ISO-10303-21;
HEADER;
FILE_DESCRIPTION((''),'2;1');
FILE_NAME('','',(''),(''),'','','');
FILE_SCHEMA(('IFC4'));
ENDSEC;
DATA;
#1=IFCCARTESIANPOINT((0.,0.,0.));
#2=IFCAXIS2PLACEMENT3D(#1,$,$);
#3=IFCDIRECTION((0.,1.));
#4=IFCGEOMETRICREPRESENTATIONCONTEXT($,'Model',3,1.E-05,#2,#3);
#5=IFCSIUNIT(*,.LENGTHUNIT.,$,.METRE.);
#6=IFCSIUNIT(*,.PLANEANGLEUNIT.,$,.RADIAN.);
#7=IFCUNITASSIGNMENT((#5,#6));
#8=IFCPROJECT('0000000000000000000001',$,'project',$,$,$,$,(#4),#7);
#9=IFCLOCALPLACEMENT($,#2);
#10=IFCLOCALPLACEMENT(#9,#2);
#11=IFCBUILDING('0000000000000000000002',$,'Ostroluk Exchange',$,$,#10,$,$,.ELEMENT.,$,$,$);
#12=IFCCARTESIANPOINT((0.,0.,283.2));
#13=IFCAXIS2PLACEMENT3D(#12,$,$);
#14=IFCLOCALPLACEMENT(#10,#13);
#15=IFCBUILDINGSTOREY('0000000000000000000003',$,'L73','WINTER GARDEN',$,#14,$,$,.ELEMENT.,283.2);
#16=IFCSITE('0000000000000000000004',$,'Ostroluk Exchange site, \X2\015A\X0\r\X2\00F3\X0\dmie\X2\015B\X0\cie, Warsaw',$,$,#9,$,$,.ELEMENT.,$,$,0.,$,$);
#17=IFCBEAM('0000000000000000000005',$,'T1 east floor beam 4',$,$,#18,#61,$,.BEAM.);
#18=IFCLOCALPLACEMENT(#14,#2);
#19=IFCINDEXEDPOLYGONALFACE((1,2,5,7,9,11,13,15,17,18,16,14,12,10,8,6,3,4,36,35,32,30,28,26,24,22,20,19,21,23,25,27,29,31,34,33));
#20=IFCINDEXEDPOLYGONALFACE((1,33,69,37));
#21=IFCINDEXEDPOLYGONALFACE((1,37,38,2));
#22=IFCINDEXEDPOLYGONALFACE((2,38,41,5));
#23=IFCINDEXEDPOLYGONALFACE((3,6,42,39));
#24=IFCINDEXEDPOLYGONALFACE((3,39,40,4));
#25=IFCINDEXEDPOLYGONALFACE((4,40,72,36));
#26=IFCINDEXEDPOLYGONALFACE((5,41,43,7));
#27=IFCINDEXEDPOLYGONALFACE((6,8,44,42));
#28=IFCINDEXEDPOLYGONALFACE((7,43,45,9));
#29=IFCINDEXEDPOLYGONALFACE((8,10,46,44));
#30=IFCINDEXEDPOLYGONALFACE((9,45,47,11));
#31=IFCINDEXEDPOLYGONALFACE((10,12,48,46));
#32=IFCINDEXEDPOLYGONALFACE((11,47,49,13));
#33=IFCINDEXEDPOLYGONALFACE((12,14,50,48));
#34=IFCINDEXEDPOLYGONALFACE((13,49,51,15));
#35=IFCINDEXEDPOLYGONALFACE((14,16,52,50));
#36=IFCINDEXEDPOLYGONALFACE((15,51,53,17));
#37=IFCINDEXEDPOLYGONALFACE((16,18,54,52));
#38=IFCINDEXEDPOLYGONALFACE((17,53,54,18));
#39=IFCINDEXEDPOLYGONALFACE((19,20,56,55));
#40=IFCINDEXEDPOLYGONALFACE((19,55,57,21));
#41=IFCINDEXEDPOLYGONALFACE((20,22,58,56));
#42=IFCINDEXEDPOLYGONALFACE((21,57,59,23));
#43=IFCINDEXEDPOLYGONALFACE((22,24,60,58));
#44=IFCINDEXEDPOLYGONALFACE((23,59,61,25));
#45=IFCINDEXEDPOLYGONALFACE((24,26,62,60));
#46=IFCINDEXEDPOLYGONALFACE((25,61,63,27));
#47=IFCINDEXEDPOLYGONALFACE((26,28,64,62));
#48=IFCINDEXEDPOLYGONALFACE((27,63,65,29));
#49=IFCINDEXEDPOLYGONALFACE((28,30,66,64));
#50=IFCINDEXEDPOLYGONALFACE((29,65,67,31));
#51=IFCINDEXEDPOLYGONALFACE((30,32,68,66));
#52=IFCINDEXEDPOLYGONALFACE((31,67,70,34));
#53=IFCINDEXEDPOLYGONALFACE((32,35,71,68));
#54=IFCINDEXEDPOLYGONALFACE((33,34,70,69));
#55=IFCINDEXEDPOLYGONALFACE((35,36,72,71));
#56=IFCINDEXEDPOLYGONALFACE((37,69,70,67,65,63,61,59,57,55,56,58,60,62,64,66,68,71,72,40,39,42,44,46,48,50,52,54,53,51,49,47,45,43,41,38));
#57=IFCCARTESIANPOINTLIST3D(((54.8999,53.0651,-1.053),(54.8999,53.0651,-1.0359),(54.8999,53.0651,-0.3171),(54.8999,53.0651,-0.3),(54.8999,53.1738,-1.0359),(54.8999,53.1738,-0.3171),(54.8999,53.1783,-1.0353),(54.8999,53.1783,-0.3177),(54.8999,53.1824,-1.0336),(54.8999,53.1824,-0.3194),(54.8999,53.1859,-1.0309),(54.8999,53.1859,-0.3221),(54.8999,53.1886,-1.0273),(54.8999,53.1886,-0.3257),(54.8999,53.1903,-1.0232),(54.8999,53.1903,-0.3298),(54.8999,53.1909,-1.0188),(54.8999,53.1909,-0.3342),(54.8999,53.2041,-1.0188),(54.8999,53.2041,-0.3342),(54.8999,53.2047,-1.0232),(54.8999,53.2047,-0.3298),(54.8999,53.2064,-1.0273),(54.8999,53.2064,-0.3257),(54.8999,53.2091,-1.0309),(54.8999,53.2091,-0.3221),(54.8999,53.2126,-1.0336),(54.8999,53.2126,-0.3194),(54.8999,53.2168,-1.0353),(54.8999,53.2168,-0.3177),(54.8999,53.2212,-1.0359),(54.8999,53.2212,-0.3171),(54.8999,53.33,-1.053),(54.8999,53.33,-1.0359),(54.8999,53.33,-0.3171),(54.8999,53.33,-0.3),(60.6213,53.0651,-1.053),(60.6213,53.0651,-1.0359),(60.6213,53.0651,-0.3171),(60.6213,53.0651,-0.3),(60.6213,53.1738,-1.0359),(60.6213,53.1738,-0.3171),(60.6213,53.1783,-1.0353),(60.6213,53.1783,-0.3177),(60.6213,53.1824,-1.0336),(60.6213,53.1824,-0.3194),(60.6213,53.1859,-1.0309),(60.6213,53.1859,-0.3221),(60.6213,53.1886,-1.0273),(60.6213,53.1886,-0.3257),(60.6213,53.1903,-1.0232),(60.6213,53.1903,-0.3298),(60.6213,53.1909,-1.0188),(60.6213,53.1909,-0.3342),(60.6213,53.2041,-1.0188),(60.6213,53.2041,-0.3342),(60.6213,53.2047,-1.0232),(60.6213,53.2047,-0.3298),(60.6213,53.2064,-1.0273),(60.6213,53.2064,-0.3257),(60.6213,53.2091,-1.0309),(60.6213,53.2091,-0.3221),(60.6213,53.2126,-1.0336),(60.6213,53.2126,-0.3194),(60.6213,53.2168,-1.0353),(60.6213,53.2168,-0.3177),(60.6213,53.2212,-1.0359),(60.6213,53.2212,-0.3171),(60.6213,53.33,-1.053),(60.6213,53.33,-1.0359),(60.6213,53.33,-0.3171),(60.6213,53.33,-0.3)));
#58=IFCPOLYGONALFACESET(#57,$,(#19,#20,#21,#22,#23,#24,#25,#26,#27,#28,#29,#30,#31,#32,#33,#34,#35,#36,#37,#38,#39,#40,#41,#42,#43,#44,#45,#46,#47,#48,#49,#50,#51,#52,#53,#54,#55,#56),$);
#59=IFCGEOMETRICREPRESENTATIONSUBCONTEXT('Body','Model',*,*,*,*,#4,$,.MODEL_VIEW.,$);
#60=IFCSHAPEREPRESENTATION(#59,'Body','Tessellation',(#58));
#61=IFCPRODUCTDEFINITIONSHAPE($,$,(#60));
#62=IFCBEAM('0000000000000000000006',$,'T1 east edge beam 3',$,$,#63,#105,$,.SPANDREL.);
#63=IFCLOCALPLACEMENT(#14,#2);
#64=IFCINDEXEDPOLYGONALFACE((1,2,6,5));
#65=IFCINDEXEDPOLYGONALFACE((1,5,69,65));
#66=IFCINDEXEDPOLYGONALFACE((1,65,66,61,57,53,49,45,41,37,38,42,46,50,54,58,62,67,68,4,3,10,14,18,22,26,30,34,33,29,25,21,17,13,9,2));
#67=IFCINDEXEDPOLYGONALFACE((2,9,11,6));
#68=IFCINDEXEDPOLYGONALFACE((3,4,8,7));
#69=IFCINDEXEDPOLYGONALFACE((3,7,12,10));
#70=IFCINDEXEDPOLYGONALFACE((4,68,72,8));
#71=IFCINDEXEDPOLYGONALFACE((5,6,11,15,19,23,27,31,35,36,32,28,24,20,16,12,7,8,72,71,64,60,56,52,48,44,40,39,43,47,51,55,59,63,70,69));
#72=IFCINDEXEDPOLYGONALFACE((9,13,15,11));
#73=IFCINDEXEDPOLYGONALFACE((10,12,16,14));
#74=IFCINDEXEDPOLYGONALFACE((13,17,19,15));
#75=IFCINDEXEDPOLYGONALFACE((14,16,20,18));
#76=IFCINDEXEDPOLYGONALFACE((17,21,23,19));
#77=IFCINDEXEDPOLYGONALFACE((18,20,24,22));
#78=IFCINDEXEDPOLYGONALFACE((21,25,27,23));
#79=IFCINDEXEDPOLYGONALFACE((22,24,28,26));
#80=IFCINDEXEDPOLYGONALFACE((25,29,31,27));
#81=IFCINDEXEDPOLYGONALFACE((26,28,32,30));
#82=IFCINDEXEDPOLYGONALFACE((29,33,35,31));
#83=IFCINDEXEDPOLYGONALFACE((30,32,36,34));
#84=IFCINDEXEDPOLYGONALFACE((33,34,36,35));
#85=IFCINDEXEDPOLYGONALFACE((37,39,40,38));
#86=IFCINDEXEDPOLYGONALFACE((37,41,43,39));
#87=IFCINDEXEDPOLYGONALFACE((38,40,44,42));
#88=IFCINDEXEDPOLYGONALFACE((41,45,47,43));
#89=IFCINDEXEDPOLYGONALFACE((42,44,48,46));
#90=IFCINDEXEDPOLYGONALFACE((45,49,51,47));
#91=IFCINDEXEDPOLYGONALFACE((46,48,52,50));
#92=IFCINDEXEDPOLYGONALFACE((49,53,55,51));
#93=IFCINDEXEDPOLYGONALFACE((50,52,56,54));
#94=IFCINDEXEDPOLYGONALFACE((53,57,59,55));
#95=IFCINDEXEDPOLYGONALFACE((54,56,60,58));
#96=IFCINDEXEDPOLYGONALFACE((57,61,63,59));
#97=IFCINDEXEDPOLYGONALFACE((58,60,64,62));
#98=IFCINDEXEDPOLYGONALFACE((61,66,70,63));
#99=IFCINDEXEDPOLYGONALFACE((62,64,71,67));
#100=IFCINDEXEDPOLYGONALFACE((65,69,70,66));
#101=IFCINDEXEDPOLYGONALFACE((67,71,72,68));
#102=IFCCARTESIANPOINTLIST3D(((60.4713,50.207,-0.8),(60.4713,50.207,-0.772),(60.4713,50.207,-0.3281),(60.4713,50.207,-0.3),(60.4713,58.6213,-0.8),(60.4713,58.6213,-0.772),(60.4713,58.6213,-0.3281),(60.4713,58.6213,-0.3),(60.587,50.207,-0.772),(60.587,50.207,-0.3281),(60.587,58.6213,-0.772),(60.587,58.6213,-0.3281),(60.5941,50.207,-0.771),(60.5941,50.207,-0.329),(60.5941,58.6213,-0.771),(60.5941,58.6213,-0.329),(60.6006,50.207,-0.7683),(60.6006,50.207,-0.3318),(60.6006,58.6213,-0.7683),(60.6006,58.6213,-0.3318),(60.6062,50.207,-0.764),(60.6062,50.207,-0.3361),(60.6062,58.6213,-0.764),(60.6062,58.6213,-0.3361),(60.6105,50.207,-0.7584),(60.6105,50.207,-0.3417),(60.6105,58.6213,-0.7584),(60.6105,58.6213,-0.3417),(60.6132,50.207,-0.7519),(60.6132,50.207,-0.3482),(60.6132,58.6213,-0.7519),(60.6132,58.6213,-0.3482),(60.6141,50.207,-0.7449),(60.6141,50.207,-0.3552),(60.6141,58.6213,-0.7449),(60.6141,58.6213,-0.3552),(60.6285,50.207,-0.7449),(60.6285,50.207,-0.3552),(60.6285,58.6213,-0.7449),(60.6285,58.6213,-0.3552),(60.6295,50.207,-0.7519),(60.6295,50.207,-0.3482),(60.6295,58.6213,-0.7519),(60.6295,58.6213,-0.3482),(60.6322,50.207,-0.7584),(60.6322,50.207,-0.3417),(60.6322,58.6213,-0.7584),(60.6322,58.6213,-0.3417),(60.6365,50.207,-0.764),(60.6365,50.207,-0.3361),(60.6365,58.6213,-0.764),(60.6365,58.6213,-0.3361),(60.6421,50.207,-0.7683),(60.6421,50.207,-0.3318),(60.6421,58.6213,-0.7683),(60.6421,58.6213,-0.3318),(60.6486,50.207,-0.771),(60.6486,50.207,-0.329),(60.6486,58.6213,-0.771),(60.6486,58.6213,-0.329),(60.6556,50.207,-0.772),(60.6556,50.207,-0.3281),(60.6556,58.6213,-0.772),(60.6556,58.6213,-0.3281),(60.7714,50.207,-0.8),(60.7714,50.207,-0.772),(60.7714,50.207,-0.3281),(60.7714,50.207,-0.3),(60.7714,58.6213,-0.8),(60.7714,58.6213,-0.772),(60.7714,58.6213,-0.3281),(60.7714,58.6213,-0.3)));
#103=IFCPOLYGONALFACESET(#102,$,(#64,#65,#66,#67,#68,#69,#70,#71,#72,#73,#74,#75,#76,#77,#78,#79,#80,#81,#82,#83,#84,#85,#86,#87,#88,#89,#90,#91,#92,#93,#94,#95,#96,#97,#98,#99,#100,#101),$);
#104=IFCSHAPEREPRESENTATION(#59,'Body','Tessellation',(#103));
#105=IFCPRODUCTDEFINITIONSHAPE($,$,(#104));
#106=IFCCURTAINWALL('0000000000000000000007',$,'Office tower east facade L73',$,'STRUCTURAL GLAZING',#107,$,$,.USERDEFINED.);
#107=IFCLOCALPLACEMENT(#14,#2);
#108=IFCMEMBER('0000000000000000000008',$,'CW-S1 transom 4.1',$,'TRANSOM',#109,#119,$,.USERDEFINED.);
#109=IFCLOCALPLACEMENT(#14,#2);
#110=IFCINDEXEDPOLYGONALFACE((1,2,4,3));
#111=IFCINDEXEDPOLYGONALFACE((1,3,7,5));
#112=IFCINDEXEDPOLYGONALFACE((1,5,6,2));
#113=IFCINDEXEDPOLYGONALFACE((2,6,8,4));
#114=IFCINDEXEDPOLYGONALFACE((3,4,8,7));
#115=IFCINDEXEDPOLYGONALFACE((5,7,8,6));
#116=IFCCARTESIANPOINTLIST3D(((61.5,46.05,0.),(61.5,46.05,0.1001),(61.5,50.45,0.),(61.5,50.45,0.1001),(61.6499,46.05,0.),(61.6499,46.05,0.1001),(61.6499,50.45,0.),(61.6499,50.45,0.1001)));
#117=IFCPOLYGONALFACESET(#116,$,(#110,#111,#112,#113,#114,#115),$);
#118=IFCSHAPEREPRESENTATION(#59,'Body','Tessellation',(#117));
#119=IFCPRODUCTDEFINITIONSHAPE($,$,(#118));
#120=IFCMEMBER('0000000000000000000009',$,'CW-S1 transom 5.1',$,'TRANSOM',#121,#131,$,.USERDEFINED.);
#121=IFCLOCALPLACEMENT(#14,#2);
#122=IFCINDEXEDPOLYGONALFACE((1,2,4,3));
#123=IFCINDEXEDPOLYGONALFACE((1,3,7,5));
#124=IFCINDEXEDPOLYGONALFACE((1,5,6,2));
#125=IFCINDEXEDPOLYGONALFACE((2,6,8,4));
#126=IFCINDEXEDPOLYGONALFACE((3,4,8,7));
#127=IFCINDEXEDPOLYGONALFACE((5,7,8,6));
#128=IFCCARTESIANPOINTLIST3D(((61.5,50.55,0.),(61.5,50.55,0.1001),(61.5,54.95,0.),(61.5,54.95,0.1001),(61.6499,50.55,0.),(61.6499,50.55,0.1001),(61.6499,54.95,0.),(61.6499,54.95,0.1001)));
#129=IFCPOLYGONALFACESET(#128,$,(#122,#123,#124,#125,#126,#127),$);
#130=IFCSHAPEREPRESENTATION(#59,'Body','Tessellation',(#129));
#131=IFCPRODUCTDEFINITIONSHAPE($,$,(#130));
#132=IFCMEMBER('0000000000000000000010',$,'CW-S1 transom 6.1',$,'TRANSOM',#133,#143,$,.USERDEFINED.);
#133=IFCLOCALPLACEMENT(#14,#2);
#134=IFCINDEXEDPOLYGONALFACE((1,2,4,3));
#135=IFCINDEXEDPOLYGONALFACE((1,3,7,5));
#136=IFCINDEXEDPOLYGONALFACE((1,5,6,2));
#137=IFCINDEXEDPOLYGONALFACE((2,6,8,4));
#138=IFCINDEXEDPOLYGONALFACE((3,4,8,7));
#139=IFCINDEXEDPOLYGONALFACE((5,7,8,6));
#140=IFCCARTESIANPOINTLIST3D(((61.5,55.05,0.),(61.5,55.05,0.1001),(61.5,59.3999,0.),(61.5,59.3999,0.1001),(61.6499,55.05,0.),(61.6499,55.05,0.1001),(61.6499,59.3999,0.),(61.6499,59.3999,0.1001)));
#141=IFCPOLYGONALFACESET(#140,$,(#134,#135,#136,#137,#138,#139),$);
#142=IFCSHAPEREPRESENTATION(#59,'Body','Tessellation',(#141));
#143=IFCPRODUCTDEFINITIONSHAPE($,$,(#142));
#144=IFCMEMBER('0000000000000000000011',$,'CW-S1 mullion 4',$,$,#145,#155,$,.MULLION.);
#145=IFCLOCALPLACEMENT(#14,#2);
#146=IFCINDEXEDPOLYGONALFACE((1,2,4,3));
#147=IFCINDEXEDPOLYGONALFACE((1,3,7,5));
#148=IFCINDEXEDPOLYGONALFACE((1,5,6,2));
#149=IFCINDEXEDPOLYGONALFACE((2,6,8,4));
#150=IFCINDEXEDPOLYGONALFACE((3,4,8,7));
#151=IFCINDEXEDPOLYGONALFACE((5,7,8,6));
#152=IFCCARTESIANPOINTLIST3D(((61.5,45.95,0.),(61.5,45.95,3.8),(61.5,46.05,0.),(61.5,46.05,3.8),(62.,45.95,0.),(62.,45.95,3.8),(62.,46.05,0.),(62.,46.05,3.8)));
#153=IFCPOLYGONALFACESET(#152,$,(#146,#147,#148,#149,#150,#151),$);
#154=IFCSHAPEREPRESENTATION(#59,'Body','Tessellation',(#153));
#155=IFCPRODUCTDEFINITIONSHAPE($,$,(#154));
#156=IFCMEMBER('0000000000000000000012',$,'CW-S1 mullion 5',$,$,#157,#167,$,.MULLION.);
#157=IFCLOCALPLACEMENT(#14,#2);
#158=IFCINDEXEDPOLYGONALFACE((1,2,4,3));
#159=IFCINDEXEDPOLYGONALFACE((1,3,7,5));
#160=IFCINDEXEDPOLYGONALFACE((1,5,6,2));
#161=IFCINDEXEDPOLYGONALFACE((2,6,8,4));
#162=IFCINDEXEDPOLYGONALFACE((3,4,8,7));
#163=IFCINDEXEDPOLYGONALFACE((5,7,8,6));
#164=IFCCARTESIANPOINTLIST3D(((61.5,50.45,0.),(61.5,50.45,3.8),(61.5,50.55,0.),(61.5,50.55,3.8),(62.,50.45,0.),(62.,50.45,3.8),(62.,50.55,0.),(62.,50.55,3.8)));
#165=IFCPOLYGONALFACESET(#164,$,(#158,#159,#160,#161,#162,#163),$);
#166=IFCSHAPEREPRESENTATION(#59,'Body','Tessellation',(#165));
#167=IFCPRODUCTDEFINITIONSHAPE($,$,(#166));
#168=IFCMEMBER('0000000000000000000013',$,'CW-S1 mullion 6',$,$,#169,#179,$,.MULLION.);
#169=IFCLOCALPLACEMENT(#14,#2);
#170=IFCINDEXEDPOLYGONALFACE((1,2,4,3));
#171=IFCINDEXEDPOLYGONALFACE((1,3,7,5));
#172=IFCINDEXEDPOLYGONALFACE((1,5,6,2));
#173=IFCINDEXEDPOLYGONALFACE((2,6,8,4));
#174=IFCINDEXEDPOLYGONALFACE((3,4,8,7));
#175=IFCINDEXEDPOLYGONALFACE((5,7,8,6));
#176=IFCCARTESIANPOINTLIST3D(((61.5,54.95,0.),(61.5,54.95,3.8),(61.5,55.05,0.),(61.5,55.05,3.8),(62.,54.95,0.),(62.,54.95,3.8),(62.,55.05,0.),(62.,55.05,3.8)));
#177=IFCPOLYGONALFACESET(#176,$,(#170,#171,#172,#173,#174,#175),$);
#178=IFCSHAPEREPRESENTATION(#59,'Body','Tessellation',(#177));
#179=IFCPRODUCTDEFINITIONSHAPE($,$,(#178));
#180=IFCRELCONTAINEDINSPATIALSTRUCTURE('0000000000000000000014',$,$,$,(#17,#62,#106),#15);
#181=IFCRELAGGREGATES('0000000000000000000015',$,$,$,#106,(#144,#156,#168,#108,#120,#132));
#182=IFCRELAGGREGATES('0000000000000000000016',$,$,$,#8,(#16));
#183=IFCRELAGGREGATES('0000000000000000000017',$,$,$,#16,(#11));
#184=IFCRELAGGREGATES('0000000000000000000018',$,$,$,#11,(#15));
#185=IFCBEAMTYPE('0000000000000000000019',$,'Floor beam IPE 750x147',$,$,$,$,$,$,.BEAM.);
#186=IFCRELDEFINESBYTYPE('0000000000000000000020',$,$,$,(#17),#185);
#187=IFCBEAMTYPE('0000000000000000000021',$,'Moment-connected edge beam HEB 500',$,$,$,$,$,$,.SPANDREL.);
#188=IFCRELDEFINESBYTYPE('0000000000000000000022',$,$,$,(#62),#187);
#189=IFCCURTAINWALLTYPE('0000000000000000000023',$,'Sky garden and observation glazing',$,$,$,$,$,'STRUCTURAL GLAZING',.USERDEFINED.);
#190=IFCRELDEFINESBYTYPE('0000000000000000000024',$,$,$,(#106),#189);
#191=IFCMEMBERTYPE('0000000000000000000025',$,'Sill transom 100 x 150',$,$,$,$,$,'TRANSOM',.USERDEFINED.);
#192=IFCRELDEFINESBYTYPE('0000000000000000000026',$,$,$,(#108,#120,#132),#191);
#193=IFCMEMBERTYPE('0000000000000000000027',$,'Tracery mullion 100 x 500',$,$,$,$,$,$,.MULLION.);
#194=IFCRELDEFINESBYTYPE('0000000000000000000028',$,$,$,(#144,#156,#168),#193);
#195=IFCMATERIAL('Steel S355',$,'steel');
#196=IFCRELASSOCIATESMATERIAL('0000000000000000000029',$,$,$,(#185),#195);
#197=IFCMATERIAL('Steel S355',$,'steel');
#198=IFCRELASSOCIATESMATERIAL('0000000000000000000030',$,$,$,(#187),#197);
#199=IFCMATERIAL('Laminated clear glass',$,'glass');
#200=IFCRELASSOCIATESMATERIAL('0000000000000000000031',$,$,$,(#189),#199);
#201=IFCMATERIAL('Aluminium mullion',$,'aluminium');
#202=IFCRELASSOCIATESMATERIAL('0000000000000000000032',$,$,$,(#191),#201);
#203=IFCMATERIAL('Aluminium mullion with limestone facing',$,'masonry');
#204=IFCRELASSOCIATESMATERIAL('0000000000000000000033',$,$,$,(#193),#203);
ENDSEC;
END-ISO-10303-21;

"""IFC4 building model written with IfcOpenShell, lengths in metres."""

from ifc_helpers import new_model, si_unit, direction, frame, origin, origin_2d, place, context, subcontext, project, spatial, rectangle, i_section, extrude, material, material_profile, profile_set, type_object, element, aggregate, save


model = new_model("IFC4")

# Units and contexts
model_context = context("Model", 3, precision=1e-05, world=origin(), true_north=direction((0.0, 1.0)))
body_context = subcontext(model_context, "Body", "Model", "MODEL_VIEW")
ifc_project = project(units=[si_unit("LENGTHUNIT", "METRE"), si_unit("PLANEANGLEUNIT", "RADIAN")], contexts=[model_context])

# Site, building, storey
site_placement = place(None, origin())
site = spatial("IfcSite", under=ifc_project, at=site_placement, Name="Ostroluk Exchange site, Śródmieście, Warsaw", CompositionType="ELEMENT", RefElevation=0.0)
building_placement = place(site_placement, origin())
building = spatial("IfcBuilding", under=site, at=building_placement, Name="Ostroluk Exchange", CompositionType="ELEMENT")
storey_placement = place(building_placement, frame((0.0, 0.0, 283.2)))
storey = spatial("IfcBuildingStorey", under=building, at=storey_placement, Name="L73", Description="WINTER GARDEN", CompositionType="ELEMENT", Elevation=283.2)

# Beams
ifc_material_1 = material(Name="Steel S355", Category="steel")
ifc_material_profile_1 = material_profile(ifc_material_1, i_section(OverallWidth=0.2649, OverallDepth=0.7529, WebThickness=0.0132, FlangeThickness=0.0171, FilletRadius=0.0171, at=origin_2d()), Name="IPE 750x147")
ifc_profile_set_1 = profile_set([ifc_material_profile_1], Name="Steel S355")
beam_type_1 = type_object("IfcBeamType", Name="Floor beam IPE 750x147", PredefinedType="BEAM", material=ifc_profile_set_1)
for number, where, z_axis, x_axis, name in (
    (1, (54.8999, 53.1975, -0.6765), (1.0, 0.0, 0.0), (0.0, 1.0, 0.0), "T1 east floor beam 4"),
):
    element("IfcBeam", number, at=place(storey_placement, frame(where, z_axis=z_axis, x_axis=x_axis)), inside=storey, type_object=beam_type_1, Name=name, PredefinedType="BEAM", context=body_context, shape_type="SweptSolid", body=[
        extrude(i_section(OverallWidth=0.2649, OverallDepth=0.7529, WebThickness=0.0132, FlangeThickness=0.0171, FilletRadius=0.0171, at=origin_2d()), origin(), (0.0, 0.0, 1.0), 5.7214),
    ])
ifc_material_2 = material(Name="Steel S355", Category="steel")
ifc_material_profile_2 = material_profile(ifc_material_2, i_section(OverallWidth=0.3, OverallDepth=0.5, WebThickness=0.0144, FlangeThickness=0.0281, FilletRadius=0.0271, at=origin_2d()), Name="HEB 500")
ifc_profile_set_2 = profile_set([ifc_material_profile_2], Name="Steel S355")
beam_type_2 = type_object("IfcBeamType", Name="Moment-connected edge beam HEB 500", PredefinedType="SPANDREL", material=ifc_profile_set_2)
beam_placement = place(storey_placement, frame((60.6213, 50.207, -0.55), z_axis=(0.0, 1.0, 0.0), x_axis=(-1.0, 0.0, 0.0)))
element("IfcBeam", 2, at=beam_placement, inside=storey, type_object=beam_type_2, Name="T1 east edge beam 3", PredefinedType="SPANDREL", context=body_context, shape_type="SweptSolid", body=[
    extrude(i_section(OverallWidth=0.3, OverallDepth=0.5, WebThickness=0.0144, FlangeThickness=0.0281, FilletRadius=0.0271, at=origin_2d()), origin(), (0.0, 0.0, 1.0), 8.4143),
])

# Curtain wall, members
ifc_material_3 = material(Name="Laminated clear glass", Category="glass")
curtain_wall_type = type_object("IfcCurtainWallType", Name="Sky garden and observation glazing", ElementType="STRUCTURAL GLAZING", PredefinedType="USERDEFINED", material=ifc_material_3)
curtain_wall_placement = place(storey_placement, origin())
curtain_wall = element("IfcCurtainWall", 3, at=curtain_wall_placement, inside=storey, type_object=curtain_wall_type, Name="Office tower east facade L73", ObjectType="STRUCTURAL GLAZING", PredefinedType="USERDEFINED")
ifc_material_4 = material(Name="Aluminium mullion", Category="aluminium")
ifc_material_profile_3 = material_profile(ifc_material_4, rectangle(XDim=0.1499, YDim=0.1001, at=origin_2d()), Name="Sill transom 100 x 150")
ifc_profile_set_3 = profile_set([ifc_material_profile_3], Name="Aluminium mullion")
member_type_1 = type_object("IfcMemberType", Name="Sill transom 100 x 150", ElementType="TRANSOM", PredefinedType="USERDEFINED", material=ifc_profile_set_3)
member_1_placement = place(storey_placement, frame((61.575, 46.05, 0.05), z_axis=(0.0, 1.0, 0.0), x_axis=(-1.0, 0.0, 0.0)))
member_1 = element("IfcMember", 4, at=member_1_placement, type_object=member_type_1, Name="CW-S1 transom 4.1", ObjectType="TRANSOM", PredefinedType="USERDEFINED", context=body_context, shape_type="SweptSolid", body=[
    extrude(rectangle(XDim=0.1499, YDim=0.1001, at=origin_2d()), origin(), (0.0, 0.0, 1.0), 4.3999),
])
member_2_placement = place(storey_placement, frame((61.575, 50.55, 0.05), z_axis=(0.0, 1.0, 0.0), x_axis=(-1.0, 0.0, 0.0)))
member_2 = element("IfcMember", 5, at=member_2_placement, type_object=member_type_1, Name="CW-S1 transom 5.1", ObjectType="TRANSOM", PredefinedType="USERDEFINED", context=body_context, shape_type="SweptSolid", body=[
    extrude(rectangle(XDim=0.1499, YDim=0.1001, at=origin_2d()), origin(), (0.0, 0.0, 1.0), 4.3999),
])
member_3_placement = place(storey_placement, frame((61.575, 55.05, 0.05), z_axis=(0.0, 1.0, 0.0), x_axis=(-1.0, 0.0, 0.0)))
member_3 = element("IfcMember", 6, at=member_3_placement, type_object=member_type_1, Name="CW-S1 transom 6.1", ObjectType="TRANSOM", PredefinedType="USERDEFINED", context=body_context, shape_type="SweptSolid", body=[
    extrude(rectangle(XDim=0.1499, YDim=0.1001, at=origin_2d()), origin(), (0.0, 0.0, 1.0), 4.3499),
])
ifc_material_5 = material(Name="Aluminium mullion with limestone facing", Category="masonry")
ifc_material_profile_4 = material_profile(ifc_material_5, rectangle(XDim=0.5, YDim=0.1001, at=origin_2d()), Name="Tracery mullion 100 x 500")
ifc_profile_set_4 = profile_set([ifc_material_profile_4], Name="Aluminium mullion with limestone facing")
member_type_2 = type_object("IfcMemberType", Name="Tracery mullion 100 x 500", PredefinedType="MULLION", material=ifc_profile_set_4)
member_4_placement = place(storey_placement, frame((61.75, 46.0, 0.0), z_axis=(0.0, 0.0, 1.0), x_axis=(-1.0, 0.0, 0.0)))
member_4 = element("IfcMember", 7, at=member_4_placement, type_object=member_type_2, Name="CW-S1 mullion 4", PredefinedType="MULLION", context=body_context, shape_type="SweptSolid", body=[
    extrude(rectangle(XDim=0.5, YDim=0.1001, at=origin_2d()), origin(), (0.0, 0.0, 1.0), 3.8),
])
member_5_placement = place(storey_placement, frame((61.75, 50.5, 0.0), z_axis=(0.0, 0.0, 1.0), x_axis=(-1.0, 0.0, 0.0)))
member_5 = element("IfcMember", 8, at=member_5_placement, type_object=member_type_2, Name="CW-S1 mullion 5", PredefinedType="MULLION", context=body_context, shape_type="SweptSolid", body=[
    extrude(rectangle(XDim=0.5, YDim=0.1001, at=origin_2d()), origin(), (0.0, 0.0, 1.0), 3.8),
])
member_6_placement = place(storey_placement, frame((61.75, 55.0, 0.0), z_axis=(0.0, 0.0, 1.0), x_axis=(-1.0, 0.0, 0.0)))
member_6 = element("IfcMember", 9, at=member_6_placement, type_object=member_type_2, Name="CW-S1 mullion 6", PredefinedType="MULLION", context=body_context, shape_type="SweptSolid", body=[
    extrude(rectangle(XDim=0.5, YDim=0.1001, at=origin_2d()), origin(), (0.0, 0.0, 1.0), 3.8),
])
aggregate(curtain_wall, [member_4, member_5, member_6, member_1, member_2, member_3])

save(model, "model.ifc")
